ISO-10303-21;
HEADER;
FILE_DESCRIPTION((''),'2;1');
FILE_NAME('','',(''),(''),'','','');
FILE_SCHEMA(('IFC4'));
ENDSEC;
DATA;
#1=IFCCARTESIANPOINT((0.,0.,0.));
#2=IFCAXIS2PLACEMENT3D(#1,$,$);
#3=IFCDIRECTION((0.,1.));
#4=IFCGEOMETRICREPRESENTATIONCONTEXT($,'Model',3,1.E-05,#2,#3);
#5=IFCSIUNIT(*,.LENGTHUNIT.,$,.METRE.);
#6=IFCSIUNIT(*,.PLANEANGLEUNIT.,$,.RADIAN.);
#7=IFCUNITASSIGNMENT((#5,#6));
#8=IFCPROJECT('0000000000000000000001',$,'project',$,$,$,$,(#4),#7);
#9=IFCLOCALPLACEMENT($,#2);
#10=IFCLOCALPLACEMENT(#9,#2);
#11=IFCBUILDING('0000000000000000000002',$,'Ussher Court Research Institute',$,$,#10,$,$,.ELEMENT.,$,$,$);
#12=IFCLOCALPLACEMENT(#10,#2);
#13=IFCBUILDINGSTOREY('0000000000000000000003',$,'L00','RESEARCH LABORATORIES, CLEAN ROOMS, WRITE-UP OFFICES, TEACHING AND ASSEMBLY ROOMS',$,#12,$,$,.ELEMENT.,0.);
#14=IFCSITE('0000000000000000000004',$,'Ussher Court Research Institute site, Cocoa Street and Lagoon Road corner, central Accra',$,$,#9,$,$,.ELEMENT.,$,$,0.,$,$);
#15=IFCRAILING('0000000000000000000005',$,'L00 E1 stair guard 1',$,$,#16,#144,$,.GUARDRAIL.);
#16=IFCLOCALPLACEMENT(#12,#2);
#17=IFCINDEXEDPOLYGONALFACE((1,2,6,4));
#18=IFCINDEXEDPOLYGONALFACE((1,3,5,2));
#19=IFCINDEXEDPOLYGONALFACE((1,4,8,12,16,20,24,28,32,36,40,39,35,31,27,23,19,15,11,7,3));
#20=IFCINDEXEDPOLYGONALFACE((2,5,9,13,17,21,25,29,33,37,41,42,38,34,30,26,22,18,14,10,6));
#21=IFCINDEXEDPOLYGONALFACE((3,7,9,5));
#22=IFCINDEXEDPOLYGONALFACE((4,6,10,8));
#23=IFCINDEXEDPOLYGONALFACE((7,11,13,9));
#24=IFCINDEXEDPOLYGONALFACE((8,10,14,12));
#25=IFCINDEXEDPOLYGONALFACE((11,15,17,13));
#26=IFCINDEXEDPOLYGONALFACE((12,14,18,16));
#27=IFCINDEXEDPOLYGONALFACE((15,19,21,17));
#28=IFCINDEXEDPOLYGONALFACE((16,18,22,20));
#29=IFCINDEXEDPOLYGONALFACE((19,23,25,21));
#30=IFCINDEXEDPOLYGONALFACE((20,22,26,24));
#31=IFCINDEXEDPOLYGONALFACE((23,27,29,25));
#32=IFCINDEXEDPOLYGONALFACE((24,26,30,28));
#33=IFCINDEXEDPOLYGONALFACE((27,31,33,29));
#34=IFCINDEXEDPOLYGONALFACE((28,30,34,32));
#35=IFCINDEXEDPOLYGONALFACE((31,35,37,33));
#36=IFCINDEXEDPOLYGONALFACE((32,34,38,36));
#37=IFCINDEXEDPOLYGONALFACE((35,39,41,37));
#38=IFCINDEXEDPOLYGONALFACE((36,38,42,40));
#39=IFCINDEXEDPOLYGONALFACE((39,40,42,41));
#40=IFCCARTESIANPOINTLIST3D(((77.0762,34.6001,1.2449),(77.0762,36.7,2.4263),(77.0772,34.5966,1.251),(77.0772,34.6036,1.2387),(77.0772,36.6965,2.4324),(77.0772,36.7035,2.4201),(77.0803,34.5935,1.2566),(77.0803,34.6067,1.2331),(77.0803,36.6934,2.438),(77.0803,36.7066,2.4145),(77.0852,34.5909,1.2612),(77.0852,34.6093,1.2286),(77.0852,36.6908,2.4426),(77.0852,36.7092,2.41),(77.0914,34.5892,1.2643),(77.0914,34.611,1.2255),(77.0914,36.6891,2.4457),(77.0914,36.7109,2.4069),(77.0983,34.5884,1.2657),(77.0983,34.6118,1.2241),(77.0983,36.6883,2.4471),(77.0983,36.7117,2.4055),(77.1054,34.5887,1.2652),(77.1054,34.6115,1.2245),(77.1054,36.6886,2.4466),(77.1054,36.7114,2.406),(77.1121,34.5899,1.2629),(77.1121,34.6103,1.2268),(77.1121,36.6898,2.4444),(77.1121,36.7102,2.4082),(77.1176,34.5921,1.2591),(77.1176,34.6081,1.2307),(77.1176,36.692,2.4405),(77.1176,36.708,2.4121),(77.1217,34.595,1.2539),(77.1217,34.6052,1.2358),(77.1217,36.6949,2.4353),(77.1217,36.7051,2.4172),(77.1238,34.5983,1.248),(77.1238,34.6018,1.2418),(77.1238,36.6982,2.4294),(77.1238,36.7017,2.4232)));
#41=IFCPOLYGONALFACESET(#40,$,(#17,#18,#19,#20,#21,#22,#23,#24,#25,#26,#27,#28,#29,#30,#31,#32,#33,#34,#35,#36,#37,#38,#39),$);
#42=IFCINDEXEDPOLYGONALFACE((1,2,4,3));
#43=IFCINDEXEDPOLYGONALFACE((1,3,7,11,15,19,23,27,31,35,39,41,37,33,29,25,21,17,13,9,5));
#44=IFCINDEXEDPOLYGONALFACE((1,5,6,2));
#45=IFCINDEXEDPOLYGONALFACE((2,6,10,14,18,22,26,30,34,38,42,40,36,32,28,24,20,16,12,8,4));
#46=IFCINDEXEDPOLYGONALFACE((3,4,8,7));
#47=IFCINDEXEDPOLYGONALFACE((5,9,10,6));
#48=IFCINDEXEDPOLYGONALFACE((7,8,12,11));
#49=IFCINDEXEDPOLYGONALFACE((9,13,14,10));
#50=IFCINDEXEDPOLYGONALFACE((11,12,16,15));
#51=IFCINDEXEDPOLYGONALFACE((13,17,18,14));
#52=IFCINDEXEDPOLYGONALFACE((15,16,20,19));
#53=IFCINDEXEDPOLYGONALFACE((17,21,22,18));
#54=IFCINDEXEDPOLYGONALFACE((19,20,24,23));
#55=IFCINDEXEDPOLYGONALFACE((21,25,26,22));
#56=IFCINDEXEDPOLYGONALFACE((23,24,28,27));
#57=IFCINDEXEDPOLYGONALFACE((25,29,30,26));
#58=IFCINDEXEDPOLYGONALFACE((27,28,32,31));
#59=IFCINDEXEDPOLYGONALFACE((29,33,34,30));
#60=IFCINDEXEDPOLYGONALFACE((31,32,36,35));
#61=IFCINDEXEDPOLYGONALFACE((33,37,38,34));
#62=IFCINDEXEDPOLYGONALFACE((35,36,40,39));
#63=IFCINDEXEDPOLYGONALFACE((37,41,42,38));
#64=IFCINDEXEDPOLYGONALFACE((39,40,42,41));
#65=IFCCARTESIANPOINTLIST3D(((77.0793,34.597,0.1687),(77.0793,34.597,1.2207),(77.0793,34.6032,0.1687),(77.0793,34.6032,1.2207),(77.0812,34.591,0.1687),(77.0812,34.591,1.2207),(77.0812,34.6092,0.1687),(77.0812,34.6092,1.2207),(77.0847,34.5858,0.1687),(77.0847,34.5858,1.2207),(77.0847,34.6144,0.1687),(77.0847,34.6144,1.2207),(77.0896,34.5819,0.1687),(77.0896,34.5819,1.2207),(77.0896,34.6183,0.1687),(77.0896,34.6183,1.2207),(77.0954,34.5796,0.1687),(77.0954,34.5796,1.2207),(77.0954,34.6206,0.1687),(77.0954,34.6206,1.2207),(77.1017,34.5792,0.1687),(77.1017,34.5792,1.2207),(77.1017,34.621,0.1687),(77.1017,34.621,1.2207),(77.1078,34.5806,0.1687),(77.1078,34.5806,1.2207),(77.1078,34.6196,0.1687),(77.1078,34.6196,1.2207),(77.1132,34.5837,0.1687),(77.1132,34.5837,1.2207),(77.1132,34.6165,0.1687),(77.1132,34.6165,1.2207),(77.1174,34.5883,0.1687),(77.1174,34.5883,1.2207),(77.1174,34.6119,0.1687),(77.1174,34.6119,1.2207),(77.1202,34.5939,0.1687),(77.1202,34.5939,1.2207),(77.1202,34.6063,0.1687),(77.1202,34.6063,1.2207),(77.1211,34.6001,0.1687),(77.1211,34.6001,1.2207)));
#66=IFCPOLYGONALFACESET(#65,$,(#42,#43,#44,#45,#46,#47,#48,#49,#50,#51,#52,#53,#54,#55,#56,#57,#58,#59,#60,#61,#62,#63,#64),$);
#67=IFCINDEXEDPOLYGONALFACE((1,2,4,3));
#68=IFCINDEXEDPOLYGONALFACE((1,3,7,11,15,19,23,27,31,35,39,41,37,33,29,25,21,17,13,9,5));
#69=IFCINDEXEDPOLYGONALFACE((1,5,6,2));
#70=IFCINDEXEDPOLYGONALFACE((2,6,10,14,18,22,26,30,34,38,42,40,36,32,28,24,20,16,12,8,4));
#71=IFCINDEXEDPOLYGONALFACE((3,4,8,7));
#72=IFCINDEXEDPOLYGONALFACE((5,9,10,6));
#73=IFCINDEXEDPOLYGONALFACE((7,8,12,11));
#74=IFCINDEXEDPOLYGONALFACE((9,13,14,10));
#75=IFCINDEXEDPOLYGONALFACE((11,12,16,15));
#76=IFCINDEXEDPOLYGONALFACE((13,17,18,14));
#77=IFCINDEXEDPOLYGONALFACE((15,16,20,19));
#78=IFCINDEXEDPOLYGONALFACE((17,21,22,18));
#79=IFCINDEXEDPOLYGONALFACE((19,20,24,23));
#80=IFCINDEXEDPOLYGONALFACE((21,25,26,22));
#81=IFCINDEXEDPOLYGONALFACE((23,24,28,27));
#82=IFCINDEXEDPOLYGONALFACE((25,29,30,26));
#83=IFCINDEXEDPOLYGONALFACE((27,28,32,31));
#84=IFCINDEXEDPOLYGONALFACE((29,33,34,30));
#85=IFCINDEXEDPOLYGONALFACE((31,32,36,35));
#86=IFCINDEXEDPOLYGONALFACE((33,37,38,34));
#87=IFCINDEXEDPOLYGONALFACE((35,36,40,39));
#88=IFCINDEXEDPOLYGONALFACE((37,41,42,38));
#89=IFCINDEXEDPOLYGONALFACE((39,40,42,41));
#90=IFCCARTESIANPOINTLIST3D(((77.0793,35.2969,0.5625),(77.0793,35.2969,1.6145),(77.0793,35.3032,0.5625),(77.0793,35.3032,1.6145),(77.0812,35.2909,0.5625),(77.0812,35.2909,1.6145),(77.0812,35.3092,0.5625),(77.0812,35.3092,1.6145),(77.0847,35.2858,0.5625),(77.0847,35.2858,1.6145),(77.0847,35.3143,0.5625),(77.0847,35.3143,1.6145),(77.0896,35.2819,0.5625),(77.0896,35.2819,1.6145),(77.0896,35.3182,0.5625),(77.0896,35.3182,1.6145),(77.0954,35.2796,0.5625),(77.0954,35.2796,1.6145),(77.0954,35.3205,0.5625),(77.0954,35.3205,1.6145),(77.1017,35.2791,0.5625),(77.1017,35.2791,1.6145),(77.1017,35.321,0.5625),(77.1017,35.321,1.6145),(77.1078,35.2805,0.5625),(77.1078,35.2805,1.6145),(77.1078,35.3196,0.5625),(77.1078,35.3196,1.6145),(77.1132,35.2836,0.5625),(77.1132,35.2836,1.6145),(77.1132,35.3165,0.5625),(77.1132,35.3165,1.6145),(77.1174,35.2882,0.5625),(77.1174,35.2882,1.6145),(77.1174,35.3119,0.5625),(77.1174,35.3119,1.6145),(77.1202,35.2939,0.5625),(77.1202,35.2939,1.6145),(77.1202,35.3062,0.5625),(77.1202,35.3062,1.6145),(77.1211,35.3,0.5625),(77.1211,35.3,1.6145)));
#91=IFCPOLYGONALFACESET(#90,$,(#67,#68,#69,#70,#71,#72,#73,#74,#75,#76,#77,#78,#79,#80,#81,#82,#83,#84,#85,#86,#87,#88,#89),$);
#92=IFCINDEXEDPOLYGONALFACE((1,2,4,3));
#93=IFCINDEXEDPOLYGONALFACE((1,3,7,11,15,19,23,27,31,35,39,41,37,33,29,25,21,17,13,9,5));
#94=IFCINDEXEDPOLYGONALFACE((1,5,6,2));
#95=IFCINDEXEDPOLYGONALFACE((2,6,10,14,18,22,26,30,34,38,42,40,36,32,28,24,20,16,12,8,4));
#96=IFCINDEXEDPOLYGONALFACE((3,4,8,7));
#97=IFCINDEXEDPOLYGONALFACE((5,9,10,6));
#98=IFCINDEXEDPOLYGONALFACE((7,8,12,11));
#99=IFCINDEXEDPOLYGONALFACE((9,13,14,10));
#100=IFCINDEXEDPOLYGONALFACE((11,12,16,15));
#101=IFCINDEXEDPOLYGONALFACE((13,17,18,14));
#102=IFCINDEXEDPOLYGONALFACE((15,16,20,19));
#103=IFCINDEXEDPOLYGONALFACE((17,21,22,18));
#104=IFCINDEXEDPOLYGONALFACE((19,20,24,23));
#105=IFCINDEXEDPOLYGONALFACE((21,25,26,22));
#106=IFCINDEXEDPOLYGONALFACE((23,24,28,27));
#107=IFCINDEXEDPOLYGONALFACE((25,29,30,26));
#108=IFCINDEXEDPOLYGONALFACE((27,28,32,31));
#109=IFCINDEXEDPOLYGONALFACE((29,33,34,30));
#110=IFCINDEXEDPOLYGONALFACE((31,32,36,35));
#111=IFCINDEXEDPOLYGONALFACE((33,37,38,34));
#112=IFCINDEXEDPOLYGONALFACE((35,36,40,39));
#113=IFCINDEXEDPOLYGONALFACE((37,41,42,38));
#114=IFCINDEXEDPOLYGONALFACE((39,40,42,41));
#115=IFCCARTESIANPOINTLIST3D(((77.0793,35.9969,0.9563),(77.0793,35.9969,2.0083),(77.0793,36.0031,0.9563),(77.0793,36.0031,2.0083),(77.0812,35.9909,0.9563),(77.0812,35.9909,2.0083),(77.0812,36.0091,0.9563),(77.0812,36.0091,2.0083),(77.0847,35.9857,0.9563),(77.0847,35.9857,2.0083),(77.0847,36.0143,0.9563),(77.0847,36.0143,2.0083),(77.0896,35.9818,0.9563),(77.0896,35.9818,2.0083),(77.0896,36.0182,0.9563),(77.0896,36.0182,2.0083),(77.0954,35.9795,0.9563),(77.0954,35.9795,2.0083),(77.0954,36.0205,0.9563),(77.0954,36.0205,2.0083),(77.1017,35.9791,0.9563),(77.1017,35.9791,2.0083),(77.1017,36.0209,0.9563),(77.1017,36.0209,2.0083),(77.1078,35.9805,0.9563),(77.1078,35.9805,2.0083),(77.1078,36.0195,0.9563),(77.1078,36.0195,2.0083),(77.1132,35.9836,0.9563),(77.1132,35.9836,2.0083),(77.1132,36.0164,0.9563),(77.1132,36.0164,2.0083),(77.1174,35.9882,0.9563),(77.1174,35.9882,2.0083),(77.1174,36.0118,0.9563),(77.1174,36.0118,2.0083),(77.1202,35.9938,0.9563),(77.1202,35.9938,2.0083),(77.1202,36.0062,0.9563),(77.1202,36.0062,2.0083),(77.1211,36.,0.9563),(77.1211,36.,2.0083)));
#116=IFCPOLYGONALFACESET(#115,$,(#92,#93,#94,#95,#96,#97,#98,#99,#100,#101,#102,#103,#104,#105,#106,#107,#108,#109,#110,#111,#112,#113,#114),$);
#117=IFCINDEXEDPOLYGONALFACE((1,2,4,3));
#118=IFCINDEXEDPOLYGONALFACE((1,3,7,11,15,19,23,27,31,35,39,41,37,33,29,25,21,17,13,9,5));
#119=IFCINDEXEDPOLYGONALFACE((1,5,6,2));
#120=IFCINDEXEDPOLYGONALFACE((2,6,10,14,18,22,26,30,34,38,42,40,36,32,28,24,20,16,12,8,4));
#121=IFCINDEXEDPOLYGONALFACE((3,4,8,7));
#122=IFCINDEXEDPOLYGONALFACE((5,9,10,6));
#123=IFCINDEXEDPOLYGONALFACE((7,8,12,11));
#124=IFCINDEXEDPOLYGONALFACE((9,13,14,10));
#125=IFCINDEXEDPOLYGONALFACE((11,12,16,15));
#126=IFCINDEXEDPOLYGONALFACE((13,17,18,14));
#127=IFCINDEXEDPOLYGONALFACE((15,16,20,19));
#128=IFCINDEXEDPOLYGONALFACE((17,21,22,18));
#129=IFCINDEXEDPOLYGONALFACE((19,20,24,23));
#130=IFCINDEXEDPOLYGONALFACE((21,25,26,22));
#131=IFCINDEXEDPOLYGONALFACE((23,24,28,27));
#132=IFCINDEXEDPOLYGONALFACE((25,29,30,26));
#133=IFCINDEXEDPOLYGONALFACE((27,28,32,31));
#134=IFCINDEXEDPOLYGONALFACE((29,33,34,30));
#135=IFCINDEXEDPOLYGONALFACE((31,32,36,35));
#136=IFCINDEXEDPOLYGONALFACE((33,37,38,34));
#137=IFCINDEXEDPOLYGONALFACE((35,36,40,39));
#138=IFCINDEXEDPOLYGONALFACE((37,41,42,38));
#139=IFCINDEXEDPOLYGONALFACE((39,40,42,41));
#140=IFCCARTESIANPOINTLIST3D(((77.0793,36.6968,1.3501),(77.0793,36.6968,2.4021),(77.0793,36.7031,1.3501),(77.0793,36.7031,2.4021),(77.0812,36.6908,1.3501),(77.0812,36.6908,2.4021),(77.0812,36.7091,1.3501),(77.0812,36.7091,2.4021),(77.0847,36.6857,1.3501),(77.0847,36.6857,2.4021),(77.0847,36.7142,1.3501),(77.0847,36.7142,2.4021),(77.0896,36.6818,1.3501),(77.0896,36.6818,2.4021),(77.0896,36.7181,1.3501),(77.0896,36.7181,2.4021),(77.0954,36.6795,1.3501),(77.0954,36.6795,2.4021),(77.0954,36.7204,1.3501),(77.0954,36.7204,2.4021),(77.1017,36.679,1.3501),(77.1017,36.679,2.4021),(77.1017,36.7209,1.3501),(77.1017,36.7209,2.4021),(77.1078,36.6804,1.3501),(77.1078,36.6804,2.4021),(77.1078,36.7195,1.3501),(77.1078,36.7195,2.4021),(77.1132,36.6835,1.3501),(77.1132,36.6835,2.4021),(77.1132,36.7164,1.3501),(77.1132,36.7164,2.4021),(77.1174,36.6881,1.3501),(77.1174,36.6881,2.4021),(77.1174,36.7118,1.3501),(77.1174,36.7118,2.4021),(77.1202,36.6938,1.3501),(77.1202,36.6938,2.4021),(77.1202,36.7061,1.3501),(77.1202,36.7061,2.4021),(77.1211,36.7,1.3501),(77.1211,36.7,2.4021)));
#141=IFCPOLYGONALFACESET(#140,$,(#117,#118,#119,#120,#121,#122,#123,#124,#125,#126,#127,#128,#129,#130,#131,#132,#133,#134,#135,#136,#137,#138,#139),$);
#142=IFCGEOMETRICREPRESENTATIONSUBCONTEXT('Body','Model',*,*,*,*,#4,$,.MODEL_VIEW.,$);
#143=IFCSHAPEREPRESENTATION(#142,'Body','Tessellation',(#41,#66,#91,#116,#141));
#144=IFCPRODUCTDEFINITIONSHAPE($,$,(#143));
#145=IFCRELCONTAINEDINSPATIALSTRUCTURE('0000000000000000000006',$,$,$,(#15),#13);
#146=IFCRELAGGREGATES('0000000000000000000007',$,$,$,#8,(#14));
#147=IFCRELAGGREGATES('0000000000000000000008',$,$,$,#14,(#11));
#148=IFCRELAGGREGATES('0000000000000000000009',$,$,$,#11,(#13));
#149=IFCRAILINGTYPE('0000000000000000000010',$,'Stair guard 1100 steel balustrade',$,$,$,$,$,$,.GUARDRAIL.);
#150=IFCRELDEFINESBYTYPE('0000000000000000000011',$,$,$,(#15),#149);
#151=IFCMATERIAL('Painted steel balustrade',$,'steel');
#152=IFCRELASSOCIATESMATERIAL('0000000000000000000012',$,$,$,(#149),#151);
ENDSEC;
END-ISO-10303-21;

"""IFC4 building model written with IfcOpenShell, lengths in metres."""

from ifc_helpers import new_model, si_unit, direction, frame, origin, origin_2d, place, context, subcontext, project, spatial, circle, extrude, material, type_object, element, save


model = new_model("IFC4")

# Units and contexts
model_context = context("Model", 3, precision=1e-05, world=origin(), true_north=direction((0.0, 1.0)))
body_context = subcontext(model_context, "Body", "Model", "MODEL_VIEW")
ifc_project = project(units=[si_unit("LENGTHUNIT", "METRE"), si_unit("PLANEANGLEUNIT", "RADIAN")], contexts=[model_context])

# Site, building, storey
site_placement = place(None, origin())
site = spatial("IfcSite", under=ifc_project, at=site_placement, Name="Ussher Court Research Institute site, Cocoa Street and Lagoon Road corner, central Accra", CompositionType="ELEMENT", RefElevation=0.0)
building_placement = place(site_placement, origin())
building = spatial("IfcBuilding", under=site, at=building_placement, Name="Ussher Court Research Institute", CompositionType="ELEMENT")
storey_placement = place(building_placement, origin())
storey = spatial("IfcBuildingStorey", under=building, at=storey_placement, Name="L00", Description="RESEARCH LABORATORIES, CLEAN ROOMS, WRITE-UP OFFICES, TEACHING AND ASSEMBLY ROOMS", CompositionType="ELEMENT", Elevation=0.0)

# Railing
ifc_material_1 = material(Name="Painted steel balustrade", Category="steel")
railing_type_1 = type_object("IfcRailingType", Name="Stair guard 1100 steel balustrade", PredefinedType="GUARDRAIL", material=ifc_material_1)
for number, where, name in (
    (1, (77.1001, 34.6001, 0.1687), "L00 E1 stair guard 1"),
):
    element("IfcRailing", number, at=place(storey_placement, frame(where)), inside=storey, type_object=railing_type_1, Name=name, PredefinedType="GUARDRAIL", context=body_context, shape_type="SweptSolid", body=[
        extrude(circle(Radius=0.0239, at=origin_2d()), frame((0.0, 0.0, 1.0762), z_axis=(0.0, 0.871535, 0.490333), x_axis=(-1.0, 0.0, 0.0)), (0.0, 0.0, 1.0), 2.4094),
        extrude(circle(Radius=0.021, at=origin_2d()), origin(), (0.0, 0.0, 1.0), 1.052),
        extrude(circle(Radius=0.021, at=origin_2d()), frame((0.0, 0.7, 0.3938)), (0.0, 0.0, 1.0), 1.052),
        extrude(circle(Radius=0.021, at=origin_2d()), frame((0.0, 1.3999, 0.7876)), (0.0, 0.0, 1.0), 1.052),
        extrude(circle(Radius=0.021, at=origin_2d()), frame((0.0, 2.0999, 1.1814)), (0.0, 0.0, 1.0), 1.052),
    ])

save(model, "model.ifc")
